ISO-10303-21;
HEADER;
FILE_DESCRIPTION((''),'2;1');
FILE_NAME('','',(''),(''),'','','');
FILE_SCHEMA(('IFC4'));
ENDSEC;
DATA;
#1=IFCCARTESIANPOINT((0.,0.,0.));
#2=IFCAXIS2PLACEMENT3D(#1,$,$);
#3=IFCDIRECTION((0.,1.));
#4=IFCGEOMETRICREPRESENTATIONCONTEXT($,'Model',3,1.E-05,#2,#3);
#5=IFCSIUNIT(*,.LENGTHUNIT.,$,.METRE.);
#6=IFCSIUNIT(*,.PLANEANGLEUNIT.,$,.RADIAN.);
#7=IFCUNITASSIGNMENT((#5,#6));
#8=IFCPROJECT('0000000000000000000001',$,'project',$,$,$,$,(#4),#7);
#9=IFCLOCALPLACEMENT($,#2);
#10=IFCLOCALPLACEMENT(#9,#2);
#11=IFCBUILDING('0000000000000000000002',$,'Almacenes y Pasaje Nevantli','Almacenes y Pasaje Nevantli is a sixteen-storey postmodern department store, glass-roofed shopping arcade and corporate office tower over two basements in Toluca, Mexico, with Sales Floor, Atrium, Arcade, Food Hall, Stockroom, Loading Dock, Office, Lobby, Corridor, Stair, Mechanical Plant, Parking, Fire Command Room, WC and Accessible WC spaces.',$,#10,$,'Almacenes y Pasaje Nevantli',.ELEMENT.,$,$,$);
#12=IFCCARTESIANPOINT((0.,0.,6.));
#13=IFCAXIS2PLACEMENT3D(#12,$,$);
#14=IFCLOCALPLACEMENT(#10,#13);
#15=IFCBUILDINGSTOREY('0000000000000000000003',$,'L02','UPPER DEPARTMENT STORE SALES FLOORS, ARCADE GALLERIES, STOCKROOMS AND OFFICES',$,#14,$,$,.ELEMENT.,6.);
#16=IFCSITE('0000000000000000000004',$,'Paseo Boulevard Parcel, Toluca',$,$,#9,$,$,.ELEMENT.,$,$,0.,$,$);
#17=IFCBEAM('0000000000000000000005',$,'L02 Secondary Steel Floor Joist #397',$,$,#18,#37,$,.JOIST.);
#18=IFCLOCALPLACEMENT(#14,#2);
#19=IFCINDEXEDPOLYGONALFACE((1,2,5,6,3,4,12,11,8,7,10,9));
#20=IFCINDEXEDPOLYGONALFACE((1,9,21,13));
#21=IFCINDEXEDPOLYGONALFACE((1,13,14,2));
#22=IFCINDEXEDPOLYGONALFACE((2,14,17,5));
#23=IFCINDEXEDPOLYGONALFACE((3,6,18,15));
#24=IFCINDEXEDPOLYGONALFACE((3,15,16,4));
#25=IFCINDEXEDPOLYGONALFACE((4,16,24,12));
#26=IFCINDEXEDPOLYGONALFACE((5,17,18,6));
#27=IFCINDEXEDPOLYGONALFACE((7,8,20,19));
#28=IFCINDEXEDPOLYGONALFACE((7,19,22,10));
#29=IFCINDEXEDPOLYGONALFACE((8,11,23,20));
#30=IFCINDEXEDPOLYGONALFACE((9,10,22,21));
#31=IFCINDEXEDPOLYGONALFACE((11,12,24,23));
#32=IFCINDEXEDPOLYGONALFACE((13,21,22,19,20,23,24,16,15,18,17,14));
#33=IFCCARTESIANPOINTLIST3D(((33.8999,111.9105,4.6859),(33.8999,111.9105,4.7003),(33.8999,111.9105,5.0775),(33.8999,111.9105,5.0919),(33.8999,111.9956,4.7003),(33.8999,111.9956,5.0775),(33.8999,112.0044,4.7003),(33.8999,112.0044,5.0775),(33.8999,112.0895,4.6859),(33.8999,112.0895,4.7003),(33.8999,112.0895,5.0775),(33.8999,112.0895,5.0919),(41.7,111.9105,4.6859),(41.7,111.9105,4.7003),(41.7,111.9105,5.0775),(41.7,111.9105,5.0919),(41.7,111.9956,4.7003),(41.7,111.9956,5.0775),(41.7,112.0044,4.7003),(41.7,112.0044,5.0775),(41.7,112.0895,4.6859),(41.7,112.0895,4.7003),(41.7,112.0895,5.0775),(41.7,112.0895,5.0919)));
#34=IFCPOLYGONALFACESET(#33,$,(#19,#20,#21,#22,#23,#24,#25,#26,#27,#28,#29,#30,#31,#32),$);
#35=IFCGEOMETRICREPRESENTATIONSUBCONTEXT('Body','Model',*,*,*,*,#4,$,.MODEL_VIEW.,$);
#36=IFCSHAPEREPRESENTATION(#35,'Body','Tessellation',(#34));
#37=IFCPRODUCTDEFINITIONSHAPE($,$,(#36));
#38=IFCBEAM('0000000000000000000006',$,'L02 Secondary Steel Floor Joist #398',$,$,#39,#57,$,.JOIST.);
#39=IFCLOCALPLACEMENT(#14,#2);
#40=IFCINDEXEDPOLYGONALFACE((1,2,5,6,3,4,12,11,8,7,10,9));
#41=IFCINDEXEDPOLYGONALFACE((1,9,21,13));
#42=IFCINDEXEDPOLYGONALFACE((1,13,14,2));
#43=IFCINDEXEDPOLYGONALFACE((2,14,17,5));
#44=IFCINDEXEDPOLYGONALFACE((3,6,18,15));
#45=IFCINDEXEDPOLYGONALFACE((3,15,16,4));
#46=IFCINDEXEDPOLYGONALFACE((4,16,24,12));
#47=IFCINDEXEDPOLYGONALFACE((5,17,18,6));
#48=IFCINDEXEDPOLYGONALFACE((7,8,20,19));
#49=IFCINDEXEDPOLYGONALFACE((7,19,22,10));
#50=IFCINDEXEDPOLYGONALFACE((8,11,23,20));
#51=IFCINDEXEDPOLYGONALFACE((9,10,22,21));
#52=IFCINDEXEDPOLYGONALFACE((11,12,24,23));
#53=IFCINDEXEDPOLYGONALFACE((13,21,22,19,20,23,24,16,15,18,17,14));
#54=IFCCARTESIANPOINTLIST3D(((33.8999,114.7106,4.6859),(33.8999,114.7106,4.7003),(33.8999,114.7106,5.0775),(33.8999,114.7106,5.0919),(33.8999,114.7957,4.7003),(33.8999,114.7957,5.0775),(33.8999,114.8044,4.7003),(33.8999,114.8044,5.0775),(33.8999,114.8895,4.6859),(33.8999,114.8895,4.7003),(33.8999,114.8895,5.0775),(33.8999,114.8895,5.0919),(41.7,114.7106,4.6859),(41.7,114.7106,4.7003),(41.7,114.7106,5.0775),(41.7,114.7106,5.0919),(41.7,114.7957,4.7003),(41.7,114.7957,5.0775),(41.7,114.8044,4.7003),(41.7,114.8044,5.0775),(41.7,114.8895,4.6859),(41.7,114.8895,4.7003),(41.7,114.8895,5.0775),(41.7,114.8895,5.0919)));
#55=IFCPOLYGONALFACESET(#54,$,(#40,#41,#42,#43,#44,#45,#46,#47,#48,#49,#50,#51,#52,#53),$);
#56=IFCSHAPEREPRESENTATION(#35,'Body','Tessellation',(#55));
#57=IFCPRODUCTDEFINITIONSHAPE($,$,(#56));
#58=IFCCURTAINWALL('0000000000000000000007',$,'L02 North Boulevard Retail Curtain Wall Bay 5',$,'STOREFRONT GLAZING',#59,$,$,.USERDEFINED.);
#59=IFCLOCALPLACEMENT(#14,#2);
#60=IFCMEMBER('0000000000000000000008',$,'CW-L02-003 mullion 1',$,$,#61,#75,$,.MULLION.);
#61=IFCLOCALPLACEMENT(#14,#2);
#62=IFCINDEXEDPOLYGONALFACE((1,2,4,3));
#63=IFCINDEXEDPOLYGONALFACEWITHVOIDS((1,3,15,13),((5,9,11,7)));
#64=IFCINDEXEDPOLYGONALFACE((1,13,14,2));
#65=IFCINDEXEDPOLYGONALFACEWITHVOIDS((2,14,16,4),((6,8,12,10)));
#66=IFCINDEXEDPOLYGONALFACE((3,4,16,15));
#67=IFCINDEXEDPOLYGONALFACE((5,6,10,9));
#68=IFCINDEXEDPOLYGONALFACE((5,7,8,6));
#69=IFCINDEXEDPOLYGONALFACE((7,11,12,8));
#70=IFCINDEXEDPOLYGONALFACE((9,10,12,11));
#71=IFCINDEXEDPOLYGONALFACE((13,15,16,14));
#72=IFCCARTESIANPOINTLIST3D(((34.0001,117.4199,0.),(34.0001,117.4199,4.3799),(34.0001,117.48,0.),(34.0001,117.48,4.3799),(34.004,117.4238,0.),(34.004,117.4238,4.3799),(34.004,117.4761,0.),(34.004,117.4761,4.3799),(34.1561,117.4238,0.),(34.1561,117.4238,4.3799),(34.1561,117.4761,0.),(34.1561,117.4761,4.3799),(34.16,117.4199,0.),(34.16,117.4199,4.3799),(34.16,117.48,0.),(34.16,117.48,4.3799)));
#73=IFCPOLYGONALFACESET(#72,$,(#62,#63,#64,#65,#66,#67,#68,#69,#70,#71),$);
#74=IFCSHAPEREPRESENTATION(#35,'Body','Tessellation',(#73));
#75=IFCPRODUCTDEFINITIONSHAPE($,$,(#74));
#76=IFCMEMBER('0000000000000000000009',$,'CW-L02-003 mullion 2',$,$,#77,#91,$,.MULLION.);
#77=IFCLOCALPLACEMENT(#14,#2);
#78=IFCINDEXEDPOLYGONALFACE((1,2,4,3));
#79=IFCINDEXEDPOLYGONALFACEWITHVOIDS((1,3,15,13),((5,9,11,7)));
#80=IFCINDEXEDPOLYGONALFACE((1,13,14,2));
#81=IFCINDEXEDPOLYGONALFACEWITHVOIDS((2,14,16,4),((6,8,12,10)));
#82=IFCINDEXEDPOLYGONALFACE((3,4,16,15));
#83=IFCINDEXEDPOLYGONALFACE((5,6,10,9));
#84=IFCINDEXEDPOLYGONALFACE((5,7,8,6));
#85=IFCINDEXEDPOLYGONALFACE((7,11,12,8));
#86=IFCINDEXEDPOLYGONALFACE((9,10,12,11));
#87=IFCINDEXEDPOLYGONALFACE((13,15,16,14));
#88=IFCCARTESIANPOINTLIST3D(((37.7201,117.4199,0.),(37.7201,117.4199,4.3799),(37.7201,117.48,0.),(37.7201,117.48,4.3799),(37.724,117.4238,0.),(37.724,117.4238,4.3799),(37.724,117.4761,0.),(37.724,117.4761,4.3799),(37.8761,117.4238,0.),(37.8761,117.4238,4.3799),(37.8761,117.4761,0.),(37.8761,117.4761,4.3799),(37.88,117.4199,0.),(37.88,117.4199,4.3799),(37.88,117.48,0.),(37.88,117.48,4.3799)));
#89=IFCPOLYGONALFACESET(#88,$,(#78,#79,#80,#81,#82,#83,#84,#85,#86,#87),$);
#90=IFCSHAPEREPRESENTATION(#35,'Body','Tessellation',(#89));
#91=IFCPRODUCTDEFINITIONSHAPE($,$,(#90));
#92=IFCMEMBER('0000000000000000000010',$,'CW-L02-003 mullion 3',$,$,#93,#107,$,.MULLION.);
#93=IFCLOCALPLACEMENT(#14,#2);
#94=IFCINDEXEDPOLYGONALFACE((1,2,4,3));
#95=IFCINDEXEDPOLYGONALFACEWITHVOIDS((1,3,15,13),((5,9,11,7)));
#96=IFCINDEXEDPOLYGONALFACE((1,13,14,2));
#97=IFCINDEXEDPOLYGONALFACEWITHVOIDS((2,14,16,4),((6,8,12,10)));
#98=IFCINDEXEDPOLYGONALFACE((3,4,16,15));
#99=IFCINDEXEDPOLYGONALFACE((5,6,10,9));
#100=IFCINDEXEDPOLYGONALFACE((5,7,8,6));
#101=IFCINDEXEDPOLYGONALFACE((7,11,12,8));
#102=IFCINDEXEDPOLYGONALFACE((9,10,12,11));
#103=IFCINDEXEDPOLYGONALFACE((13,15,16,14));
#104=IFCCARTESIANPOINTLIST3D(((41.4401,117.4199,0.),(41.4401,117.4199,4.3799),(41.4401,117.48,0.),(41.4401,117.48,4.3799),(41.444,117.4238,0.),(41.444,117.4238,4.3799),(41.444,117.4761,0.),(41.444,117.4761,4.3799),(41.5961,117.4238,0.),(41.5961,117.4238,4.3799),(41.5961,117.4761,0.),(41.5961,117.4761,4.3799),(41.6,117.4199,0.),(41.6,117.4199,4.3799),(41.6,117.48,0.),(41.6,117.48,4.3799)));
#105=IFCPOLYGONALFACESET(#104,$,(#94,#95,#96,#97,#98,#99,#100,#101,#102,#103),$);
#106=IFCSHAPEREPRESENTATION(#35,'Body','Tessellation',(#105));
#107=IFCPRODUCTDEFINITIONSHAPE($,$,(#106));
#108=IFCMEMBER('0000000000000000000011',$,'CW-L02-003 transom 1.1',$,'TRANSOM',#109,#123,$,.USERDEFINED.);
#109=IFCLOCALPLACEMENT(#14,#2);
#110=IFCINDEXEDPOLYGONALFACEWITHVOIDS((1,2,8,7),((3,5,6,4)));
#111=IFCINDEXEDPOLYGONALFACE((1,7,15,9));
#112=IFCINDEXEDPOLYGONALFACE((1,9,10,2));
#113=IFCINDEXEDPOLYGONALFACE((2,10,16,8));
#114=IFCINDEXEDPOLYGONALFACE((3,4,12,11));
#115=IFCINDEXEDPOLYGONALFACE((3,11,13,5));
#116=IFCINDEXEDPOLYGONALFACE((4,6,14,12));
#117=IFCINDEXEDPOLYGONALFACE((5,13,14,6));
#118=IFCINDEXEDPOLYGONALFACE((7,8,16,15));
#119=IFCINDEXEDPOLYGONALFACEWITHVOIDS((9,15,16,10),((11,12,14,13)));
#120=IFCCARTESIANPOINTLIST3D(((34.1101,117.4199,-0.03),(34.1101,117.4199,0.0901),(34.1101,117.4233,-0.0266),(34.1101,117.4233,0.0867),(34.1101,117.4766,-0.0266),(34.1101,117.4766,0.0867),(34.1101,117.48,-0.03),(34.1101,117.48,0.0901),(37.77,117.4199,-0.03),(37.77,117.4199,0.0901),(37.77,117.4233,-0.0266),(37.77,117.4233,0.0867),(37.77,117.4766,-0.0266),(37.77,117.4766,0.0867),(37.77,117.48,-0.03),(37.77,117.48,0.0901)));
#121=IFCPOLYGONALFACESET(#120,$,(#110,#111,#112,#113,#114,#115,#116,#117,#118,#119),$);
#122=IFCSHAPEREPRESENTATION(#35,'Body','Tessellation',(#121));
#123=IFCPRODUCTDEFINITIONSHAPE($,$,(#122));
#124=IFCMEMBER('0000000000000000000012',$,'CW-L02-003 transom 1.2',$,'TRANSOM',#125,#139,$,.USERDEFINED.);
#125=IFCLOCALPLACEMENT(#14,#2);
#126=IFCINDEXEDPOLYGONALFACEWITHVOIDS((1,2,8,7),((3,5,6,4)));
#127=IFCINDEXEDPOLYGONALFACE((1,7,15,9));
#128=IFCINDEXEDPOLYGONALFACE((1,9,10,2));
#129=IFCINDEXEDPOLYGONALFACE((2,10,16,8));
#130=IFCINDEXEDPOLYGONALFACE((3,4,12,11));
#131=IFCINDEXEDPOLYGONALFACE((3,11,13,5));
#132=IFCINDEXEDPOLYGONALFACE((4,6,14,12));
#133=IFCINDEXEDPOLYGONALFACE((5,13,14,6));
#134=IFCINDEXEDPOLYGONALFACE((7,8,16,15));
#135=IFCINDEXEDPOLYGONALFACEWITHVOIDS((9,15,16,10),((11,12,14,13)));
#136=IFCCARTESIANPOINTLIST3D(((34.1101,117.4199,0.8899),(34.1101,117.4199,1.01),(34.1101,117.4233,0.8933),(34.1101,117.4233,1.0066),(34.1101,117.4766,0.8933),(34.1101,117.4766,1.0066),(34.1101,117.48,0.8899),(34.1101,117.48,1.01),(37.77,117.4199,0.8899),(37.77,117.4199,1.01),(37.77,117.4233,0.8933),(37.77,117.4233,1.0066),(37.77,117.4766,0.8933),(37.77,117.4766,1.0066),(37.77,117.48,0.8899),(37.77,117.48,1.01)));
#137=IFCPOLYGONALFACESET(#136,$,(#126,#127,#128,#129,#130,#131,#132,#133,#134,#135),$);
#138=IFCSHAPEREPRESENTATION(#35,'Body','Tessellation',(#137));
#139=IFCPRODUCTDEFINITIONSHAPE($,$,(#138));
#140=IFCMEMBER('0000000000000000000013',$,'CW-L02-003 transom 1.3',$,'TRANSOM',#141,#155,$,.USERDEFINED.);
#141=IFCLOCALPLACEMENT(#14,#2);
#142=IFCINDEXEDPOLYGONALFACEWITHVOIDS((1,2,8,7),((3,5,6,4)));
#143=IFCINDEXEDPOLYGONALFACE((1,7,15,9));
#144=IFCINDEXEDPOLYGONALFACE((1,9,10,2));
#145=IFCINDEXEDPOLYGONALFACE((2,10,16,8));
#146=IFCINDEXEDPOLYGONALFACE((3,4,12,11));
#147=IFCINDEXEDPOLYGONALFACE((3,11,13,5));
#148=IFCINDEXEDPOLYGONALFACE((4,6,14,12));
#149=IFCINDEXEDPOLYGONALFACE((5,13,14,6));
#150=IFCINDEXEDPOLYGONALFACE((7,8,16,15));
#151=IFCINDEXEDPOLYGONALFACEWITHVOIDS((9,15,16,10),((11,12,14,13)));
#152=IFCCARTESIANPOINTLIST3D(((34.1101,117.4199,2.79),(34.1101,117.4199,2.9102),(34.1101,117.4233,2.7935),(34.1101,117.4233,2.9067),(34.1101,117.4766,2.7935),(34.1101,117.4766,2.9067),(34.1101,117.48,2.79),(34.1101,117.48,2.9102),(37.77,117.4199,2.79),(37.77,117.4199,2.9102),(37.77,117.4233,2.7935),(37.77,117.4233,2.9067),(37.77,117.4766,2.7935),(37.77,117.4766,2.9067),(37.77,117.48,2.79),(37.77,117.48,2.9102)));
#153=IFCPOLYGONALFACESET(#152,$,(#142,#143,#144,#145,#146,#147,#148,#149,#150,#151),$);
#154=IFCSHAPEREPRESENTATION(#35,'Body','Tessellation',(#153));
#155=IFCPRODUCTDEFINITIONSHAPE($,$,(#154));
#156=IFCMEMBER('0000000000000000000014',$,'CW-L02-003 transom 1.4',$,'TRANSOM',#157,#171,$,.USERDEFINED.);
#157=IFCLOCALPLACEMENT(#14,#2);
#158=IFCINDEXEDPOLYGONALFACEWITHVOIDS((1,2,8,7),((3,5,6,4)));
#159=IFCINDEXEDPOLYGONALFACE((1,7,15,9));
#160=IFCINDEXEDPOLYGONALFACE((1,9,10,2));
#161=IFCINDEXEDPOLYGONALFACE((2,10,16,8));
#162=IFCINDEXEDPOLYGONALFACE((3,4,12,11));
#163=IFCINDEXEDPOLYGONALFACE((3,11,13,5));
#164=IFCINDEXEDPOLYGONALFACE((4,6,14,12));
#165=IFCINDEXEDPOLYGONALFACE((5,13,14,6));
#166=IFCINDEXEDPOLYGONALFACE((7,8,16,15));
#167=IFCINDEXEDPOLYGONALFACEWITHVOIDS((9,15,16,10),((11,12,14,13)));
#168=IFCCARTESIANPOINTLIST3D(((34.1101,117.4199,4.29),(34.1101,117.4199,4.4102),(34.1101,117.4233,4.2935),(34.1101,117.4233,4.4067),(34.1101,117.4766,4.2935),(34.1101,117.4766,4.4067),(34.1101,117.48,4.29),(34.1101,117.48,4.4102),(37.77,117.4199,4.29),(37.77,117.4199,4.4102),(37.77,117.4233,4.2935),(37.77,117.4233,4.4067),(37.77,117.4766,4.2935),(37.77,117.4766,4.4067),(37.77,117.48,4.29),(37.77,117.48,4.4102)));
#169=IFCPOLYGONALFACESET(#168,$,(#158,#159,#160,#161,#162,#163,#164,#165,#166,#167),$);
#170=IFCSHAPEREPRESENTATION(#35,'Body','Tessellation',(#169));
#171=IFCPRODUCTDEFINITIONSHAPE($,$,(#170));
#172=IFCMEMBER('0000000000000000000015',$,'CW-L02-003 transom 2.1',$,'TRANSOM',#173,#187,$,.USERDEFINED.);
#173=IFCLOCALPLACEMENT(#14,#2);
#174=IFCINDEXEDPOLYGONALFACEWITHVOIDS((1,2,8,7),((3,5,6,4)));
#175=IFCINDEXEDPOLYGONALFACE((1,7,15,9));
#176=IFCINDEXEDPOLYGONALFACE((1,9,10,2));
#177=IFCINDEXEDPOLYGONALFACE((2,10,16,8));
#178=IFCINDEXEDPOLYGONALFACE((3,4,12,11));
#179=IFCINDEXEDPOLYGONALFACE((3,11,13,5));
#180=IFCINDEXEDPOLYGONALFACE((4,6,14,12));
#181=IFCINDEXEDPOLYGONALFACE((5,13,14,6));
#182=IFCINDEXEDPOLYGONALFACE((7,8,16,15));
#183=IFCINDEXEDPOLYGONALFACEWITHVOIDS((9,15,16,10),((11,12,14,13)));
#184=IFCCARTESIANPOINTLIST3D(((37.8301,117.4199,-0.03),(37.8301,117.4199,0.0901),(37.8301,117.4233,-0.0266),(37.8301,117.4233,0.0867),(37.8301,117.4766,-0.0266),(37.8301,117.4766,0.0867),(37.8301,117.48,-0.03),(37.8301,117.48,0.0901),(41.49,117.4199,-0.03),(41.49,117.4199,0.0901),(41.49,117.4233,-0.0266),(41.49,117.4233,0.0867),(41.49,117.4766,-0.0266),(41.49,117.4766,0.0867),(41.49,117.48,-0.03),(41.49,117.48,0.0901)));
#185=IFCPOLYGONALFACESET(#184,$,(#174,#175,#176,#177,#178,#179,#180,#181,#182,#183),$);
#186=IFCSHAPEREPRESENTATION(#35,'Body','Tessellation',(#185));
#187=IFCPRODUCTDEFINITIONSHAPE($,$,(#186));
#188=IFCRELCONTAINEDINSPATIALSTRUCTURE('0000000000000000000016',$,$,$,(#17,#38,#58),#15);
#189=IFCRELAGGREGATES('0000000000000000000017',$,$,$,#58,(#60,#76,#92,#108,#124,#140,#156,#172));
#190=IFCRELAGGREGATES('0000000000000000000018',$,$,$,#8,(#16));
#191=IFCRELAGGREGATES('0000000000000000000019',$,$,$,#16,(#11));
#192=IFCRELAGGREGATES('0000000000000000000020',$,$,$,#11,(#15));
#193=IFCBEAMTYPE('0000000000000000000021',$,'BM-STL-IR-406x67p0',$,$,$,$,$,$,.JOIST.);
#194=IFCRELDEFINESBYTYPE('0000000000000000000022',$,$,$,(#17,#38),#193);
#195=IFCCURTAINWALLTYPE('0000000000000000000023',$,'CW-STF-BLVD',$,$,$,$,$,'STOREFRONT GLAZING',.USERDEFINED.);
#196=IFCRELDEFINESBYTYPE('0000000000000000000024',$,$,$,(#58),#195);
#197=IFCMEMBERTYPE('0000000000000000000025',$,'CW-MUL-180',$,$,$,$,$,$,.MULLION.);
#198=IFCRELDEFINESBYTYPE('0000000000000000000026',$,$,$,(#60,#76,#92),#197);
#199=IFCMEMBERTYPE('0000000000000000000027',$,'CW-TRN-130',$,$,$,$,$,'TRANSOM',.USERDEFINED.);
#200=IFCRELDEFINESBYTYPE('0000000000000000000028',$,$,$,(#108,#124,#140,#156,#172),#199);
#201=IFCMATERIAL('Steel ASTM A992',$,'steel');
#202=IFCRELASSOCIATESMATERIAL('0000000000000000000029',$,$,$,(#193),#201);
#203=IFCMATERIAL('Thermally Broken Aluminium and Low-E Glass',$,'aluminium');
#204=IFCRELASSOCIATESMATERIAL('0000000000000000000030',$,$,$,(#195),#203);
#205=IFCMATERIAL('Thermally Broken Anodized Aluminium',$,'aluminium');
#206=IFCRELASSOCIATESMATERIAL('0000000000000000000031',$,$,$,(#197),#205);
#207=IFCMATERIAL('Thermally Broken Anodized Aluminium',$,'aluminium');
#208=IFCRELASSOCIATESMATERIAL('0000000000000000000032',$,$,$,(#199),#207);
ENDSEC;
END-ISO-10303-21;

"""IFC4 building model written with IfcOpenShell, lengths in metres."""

from ifc_helpers import new_model, si_unit, direction, frame, origin, origin_2d, place, context, subcontext, project, spatial, hollow_rectangle, i_section, extrude, material, material_profile, profile_set, type_object, element, aggregate, save


model = new_model("IFC4")

# Units and contexts
model_context = context("Model", 3, precision=1e-05, world=origin(), true_north=direction((0.0, 1.0)))
body_context = subcontext(model_context, "Body", "Model", "MODEL_VIEW")
ifc_project = project(units=[si_unit("LENGTHUNIT", "METRE"), si_unit("PLANEANGLEUNIT", "RADIAN")], contexts=[model_context])

# Site, building, storey
site_placement = place(None, origin())
site = spatial("IfcSite", under=ifc_project, at=site_placement, Name="Paseo Boulevard Parcel, Toluca", CompositionType="ELEMENT", RefElevation=0.0)
building_placement = place(site_placement, origin())
building = spatial("IfcBuilding", under=site, at=building_placement, Name="Almacenes y Pasaje Nevantli", Description="Almacenes y Pasaje Nevantli is a sixteen-storey postmodern department store, glass-roofed shopping arcade and corporate office tower over two basements in Toluca, Mexico, with Sales Floor, Atrium, Arcade, Food Hall, Stockroom, Loading Dock, Office, Lobby, Corridor, Stair, Mechanical Plant, Parking, Fire Command Room, WC and Accessible WC spaces.", LongName="Almacenes y Pasaje Nevantli", CompositionType="ELEMENT")
storey_placement = place(building_placement, frame((0.0, 0.0, 6.0)))
storey = spatial("IfcBuildingStorey", under=building, at=storey_placement, Name="L02", Description="UPPER DEPARTMENT STORE SALES FLOORS, ARCADE GALLERIES, STOCKROOMS AND OFFICES", CompositionType="ELEMENT", Elevation=6.0)

# Beams
ifc_material_1 = material(Name="Steel ASTM A992", Category="steel")
ifc_material_profile_1 = material_profile(ifc_material_1, i_section(OverallWidth=0.179, OverallDepth=0.406, WebThickness=0.0088, FlangeThickness=0.0144, at=origin_2d()), Name="IR 406x67.0")
ifc_profile_set_1 = profile_set([ifc_material_profile_1], Name="Steel ASTM A992")
beam_type_1 = type_object("IfcBeamType", Name="BM-STL-IR-406x67p0", PredefinedType="JOIST", material=ifc_profile_set_1)
for number, where, z_axis, x_axis, name in (
    (1, (33.8999, 112.0, 4.8889), (1.0, 0.0, 0.0), (0.0, 1.0, 0.0), "L02 Secondary Steel Floor Joist #397"),
    (2, (33.8999, 114.8, 4.8889), (1.0, 0.0, 0.0), (0.0, 1.0, 0.0), "L02 Secondary Steel Floor Joist #398"),
):
    element("IfcBeam", number, at=place(storey_placement, frame(where, z_axis=z_axis, x_axis=x_axis)), inside=storey, type_object=beam_type_1, Name=name, PredefinedType="JOIST", context=body_context, shape_type="SweptSolid", body=[
        extrude(i_section(OverallWidth=0.179, OverallDepth=0.406, WebThickness=0.0088, FlangeThickness=0.0144, at=origin_2d()), origin(), (0.0, 0.0, 1.0), 7.8),
    ])

# Curtain wall, members
ifc_material_2 = material(Name="Thermally Broken Aluminium and Low-E Glass", Category="aluminium")
curtain_wall_type = type_object("IfcCurtainWallType", Name="CW-STF-BLVD", ElementType="STOREFRONT GLAZING", PredefinedType="USERDEFINED", material=ifc_material_2)
curtain_wall_placement = place(storey_placement, origin())
curtain_wall = element("IfcCurtainWall", 3, at=curtain_wall_placement, inside=storey, type_object=curtain_wall_type, Name="L02 North Boulevard Retail Curtain Wall Bay 5", ObjectType="STOREFRONT GLAZING", PredefinedType="USERDEFINED")
ifc_material_3 = material(Name="Thermally Broken Anodized Aluminium", Category="aluminium")
ifc_material_profile_2 = material_profile(ifc_material_3, hollow_rectangle(XDim=0.0601, YDim=0.1599, WallThickness=0.0039, at=origin_2d()), Name="ALU-MUL-60x160")
ifc_profile_set_2 = profile_set([ifc_material_profile_2], Name="Thermally Broken Anodized Aluminium")
member_type_1 = type_object("IfcMemberType", Name="CW-MUL-180", PredefinedType="MULLION", material=ifc_profile_set_2)
member_1_placement = place(storey_placement, frame((34.0801, 117.45, 0.0), z_axis=(0.0, 0.0, 1.0), x_axis=(0.0, 1.0, 0.0)))
member_1 = element("IfcMember", 4, at=member_1_placement, type_object=member_type_1, Name="CW-L02-003 mullion 1", PredefinedType="MULLION", context=body_context, shape_type="SweptSolid", body=[
    extrude(hollow_rectangle(XDim=0.0601, YDim=0.1599, WallThickness=0.0039, at=origin_2d()), origin(), (0.0, 0.0, 1.0), 4.3799),
])
member_2_placement = place(storey_placement, frame((37.8, 117.45, 0.0), z_axis=(0.0, 0.0, 1.0), x_axis=(0.0, 1.0, 0.0)))
member_2 = element("IfcMember", 5, at=member_2_placement, type_object=member_type_1, Name="CW-L02-003 mullion 2", PredefinedType="MULLION", context=body_context, shape_type="SweptSolid", body=[
    extrude(hollow_rectangle(XDim=0.0601, YDim=0.1599, WallThickness=0.0039, at=origin_2d()), origin(), (0.0, 0.0, 1.0), 4.3799),
])
member_3_placement = place(storey_placement, frame((41.52, 117.45, 0.0), z_axis=(0.0, 0.0, 1.0), x_axis=(0.0, 1.0, 0.0)))
member_3 = element("IfcMember", 6, at=member_3_placement, type_object=member_type_1, Name="CW-L02-003 mullion 3", PredefinedType="MULLION", context=body_context, shape_type="SweptSolid", body=[
    extrude(hollow_rectangle(XDim=0.0601, YDim=0.1599, WallThickness=0.0039, at=origin_2d()), origin(), (0.0, 0.0, 1.0), 4.3799),
])
ifc_material_4 = material(Name="Thermally Broken Anodized Aluminium", Category="aluminium")
ifc_material_profile_3 = material_profile(ifc_material_4, hollow_rectangle(XDim=0.0601, YDim=0.1201, WallThickness=0.0034, at=origin_2d()), Name="ALU-TRN-60x120")
ifc_profile_set_3 = profile_set([ifc_material_profile_3], Name="Thermally Broken Anodized Aluminium")
member_type_2 = type_object("IfcMemberType", Name="CW-TRN-130", ElementType="TRANSOM", PredefinedType="USERDEFINED", material=ifc_profile_set_3)
member_4_placement = place(storey_placement, frame((34.1101, 117.45, 0.03), z_axis=(1.0, 0.0, 0.0), x_axis=(0.0, 1.0, 0.0)))
member_4 = element("IfcMember", 7, at=member_4_placement, type_object=member_type_2, Name="CW-L02-003 transom 1.1", ObjectType="TRANSOM", PredefinedType="USERDEFINED", context=body_context, shape_type="SweptSolid", body=[
    extrude(hollow_rectangle(XDim=0.0601, YDim=0.1201, WallThickness=0.0034, at=origin_2d()), origin(), (0.0, 0.0, 1.0), 3.6599),
])
member_5_placement = place(storey_placement, frame((34.1101, 117.45, 0.95), z_axis=(1.0, 0.0, 0.0), x_axis=(0.0, 1.0, 0.0)))
member_5 = element("IfcMember", 8, at=member_5_placement, type_object=member_type_2, Name="CW-L02-003 transom 1.2", ObjectType="TRANSOM", PredefinedType="USERDEFINED", context=body_context, shape_type="SweptSolid", body=[
    extrude(hollow_rectangle(XDim=0.0601, YDim=0.1201, WallThickness=0.0034, at=origin_2d()), origin(), (0.0, 0.0, 1.0), 3.6599),
])
member_6_placement = place(storey_placement, frame((34.1101, 117.45, 2.8501), z_axis=(1.0, 0.0, 0.0), x_axis=(0.0, 1.0, 0.0)))
member_6 = element("IfcMember", 9, at=member_6_placement, type_object=member_type_2, Name="CW-L02-003 transom 1.3", ObjectType="TRANSOM", PredefinedType="USERDEFINED", context=body_context, shape_type="SweptSolid", body=[
    extrude(hollow_rectangle(XDim=0.0601, YDim=0.1201, WallThickness=0.0034, at=origin_2d()), origin(), (0.0, 0.0, 1.0), 3.6599),
])
member_7_placement = place(storey_placement, frame((34.1101, 117.45, 4.3501), z_axis=(1.0, 0.0, 0.0), x_axis=(0.0, 1.0, 0.0)))
member_7 = element("IfcMember", 10, at=member_7_placement, type_object=member_type_2, Name="CW-L02-003 transom 1.4", ObjectType="TRANSOM", PredefinedType="USERDEFINED", context=body_context, shape_type="SweptSolid", body=[
    extrude(hollow_rectangle(XDim=0.0601, YDim=0.1201, WallThickness=0.0034, at=origin_2d()), origin(), (0.0, 0.0, 1.0), 3.6599),
])
member_8_placement = place(storey_placement, frame((37.8301, 117.45, 0.03), z_axis=(1.0, 0.0, 0.0), x_axis=(0.0, 1.0, 0.0)))
member_8 = element("IfcMember", 11, at=member_8_placement, type_object=member_type_2, Name="CW-L02-003 transom 2.1", ObjectType="TRANSOM", PredefinedType="USERDEFINED", context=body_context, shape_type="SweptSolid", body=[
    extrude(hollow_rectangle(XDim=0.0601, YDim=0.1201, WallThickness=0.0034, at=origin_2d()), origin(), (0.0, 0.0, 1.0), 3.6599),
])
aggregate(curtain_wall, [member_1, member_2, member_3, member_4, member_5, member_6, member_7, member_8])

save(model, "model.ifc")
